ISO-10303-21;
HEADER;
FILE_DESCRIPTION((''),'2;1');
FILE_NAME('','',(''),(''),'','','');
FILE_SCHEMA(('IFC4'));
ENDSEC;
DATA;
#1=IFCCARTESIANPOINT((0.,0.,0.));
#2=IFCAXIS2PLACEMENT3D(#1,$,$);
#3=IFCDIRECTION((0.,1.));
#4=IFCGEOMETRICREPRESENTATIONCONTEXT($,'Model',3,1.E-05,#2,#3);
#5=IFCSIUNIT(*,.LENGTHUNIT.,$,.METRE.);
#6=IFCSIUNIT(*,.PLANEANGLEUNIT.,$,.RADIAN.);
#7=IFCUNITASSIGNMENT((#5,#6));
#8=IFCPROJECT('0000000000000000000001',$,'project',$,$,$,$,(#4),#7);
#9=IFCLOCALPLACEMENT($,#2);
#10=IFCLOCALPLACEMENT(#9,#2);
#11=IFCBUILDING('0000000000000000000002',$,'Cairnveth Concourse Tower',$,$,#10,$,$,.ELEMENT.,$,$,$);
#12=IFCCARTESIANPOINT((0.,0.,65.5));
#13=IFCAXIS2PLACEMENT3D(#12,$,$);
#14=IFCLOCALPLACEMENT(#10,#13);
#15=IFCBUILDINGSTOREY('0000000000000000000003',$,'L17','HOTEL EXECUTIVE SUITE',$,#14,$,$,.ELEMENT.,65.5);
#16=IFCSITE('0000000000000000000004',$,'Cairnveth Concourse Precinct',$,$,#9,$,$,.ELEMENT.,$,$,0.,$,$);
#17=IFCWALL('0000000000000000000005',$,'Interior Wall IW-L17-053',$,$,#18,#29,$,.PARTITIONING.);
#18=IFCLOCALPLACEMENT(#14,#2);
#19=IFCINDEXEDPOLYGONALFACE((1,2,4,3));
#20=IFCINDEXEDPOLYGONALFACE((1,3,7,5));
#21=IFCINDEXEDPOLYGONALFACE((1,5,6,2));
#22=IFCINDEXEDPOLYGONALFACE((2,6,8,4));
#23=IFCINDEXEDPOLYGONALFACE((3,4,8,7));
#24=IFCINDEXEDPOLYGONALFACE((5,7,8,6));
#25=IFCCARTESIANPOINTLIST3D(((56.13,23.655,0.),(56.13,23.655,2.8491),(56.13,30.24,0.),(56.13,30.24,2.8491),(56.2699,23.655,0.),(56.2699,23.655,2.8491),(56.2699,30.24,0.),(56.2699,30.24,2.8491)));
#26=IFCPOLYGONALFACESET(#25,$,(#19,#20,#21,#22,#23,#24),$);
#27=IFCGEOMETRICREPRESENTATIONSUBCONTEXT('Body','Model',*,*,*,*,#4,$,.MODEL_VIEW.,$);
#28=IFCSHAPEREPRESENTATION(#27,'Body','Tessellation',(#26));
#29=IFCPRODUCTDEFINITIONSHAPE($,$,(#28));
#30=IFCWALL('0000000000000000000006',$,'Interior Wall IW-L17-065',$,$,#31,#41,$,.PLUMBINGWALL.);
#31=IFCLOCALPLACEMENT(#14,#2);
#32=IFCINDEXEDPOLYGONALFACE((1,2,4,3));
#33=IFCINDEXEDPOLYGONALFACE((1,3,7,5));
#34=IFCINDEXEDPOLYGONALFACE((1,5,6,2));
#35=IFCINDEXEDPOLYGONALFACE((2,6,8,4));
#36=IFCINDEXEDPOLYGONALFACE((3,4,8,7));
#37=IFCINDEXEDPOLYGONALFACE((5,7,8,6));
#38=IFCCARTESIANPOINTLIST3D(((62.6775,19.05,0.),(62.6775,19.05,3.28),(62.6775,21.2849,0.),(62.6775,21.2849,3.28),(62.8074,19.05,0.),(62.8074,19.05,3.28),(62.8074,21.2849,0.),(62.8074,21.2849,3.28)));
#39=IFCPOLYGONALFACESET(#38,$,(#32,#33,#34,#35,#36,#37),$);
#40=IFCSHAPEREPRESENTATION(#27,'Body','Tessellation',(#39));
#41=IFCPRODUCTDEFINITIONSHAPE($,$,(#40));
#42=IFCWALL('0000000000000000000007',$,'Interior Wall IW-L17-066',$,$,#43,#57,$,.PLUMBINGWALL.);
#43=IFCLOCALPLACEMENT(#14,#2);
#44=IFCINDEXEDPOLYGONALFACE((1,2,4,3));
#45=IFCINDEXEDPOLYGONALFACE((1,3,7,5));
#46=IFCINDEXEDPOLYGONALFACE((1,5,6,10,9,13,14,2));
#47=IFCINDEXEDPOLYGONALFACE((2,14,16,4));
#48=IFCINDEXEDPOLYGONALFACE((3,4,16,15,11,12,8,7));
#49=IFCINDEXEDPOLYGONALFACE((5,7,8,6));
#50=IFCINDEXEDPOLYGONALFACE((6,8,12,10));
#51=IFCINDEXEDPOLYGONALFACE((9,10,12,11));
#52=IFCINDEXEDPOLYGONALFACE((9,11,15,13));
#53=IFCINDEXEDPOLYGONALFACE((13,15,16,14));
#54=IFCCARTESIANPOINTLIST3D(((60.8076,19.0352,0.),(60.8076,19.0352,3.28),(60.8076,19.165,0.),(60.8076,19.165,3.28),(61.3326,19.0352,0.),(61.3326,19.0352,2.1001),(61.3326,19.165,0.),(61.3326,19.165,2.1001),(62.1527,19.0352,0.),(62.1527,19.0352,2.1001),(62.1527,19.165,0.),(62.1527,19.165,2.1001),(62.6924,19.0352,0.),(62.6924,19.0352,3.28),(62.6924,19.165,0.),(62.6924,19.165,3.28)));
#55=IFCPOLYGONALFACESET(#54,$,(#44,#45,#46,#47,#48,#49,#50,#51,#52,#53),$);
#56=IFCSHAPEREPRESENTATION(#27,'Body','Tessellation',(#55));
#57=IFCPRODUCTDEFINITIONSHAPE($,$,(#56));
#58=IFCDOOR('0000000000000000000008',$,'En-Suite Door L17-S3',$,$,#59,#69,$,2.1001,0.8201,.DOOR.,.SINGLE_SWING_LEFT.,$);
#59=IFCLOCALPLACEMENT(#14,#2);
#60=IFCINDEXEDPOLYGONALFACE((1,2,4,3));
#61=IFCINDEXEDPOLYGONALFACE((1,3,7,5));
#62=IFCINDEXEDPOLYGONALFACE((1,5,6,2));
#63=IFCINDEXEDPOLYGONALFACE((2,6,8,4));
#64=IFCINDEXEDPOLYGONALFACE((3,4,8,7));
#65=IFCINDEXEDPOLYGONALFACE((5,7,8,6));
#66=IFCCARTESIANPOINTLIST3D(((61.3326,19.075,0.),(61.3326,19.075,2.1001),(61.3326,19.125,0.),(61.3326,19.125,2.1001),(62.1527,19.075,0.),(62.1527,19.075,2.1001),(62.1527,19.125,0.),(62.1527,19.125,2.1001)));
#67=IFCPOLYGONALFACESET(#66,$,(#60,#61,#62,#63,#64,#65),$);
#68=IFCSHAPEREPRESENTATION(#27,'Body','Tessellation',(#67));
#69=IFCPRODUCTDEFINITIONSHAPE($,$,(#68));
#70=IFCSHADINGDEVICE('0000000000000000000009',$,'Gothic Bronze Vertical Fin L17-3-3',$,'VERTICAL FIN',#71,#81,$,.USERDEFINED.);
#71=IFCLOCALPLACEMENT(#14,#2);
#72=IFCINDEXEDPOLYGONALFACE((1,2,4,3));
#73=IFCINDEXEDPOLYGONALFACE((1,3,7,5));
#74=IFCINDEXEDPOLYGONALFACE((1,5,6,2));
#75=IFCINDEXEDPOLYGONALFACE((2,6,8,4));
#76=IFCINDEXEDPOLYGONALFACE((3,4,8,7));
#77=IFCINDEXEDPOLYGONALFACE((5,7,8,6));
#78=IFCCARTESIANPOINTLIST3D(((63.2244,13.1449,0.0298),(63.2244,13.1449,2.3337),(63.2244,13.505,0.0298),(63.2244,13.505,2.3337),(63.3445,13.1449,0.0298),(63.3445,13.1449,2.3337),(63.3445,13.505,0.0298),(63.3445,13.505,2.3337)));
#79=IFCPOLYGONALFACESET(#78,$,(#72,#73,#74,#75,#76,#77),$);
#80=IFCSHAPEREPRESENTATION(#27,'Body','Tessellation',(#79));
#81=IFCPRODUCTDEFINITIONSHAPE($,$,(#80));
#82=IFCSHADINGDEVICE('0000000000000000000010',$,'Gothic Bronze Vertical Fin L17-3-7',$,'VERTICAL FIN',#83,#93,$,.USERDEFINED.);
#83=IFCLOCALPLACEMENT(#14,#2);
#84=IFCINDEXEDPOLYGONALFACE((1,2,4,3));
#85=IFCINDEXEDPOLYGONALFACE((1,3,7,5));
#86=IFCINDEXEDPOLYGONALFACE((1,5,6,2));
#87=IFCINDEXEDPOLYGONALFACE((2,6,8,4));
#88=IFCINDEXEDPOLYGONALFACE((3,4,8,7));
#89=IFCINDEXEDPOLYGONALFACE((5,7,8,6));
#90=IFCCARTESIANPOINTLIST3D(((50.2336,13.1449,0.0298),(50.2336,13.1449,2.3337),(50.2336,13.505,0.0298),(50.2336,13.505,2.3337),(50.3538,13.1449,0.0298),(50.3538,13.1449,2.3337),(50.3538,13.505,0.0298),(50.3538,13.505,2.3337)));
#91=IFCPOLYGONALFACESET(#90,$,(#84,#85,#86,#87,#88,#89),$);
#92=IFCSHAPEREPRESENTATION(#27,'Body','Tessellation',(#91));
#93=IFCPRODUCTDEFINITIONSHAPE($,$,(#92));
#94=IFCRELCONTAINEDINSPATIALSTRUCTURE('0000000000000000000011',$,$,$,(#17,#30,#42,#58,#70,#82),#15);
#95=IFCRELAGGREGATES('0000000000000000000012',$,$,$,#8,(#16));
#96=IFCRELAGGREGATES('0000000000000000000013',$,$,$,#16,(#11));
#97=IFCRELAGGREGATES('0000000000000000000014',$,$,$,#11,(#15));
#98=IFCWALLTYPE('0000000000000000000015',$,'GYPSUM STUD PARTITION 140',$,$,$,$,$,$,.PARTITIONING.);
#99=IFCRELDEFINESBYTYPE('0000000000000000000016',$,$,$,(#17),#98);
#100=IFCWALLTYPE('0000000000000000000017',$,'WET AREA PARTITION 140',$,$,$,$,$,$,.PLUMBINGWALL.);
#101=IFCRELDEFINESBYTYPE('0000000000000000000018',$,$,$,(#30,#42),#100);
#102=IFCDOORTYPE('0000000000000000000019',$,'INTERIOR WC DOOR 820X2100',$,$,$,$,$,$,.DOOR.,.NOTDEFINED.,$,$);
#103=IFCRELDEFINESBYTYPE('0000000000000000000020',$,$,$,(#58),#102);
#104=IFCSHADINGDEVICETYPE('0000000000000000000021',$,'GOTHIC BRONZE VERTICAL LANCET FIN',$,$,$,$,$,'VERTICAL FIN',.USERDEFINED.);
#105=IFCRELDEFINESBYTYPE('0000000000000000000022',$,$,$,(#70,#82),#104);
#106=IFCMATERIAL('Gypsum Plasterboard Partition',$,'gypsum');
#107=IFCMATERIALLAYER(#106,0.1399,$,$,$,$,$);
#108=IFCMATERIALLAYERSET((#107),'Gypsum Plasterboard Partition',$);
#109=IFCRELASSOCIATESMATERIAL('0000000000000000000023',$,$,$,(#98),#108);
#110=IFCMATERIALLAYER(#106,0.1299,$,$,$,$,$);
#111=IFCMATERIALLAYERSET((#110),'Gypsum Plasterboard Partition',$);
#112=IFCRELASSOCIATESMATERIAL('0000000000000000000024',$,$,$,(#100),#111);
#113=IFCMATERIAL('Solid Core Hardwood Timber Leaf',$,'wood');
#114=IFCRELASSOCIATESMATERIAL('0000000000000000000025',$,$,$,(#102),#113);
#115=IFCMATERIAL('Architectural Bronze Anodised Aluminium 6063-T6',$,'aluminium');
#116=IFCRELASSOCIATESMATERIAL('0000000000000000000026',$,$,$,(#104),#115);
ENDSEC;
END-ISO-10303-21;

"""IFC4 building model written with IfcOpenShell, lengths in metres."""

from ifc_helpers import new_model, si_unit, direction, frame, frame_2d, origin, origin_2d, place, context, subcontext, project, spatial, rectangle, extrude, material, layer, layer_set, type_object, element, fill, save


model = new_model("IFC4")

# Units and contexts
model_context = context("Model", 3, precision=1e-05, world=origin(), true_north=direction((0.0, 1.0)))
body_context = subcontext(model_context, "Body", "Model", "MODEL_VIEW")
ifc_project = project(units=[si_unit("LENGTHUNIT", "METRE"), si_unit("PLANEANGLEUNIT", "RADIAN")], contexts=[model_context])

# Site, building, storey
site_placement = place(None, origin())
site = spatial("IfcSite", under=ifc_project, at=site_placement, Name="Cairnveth Concourse Precinct", CompositionType="ELEMENT", RefElevation=0.0)
building_placement = place(site_placement, origin())
building = spatial("IfcBuilding", under=site, at=building_placement, Name="Cairnveth Concourse Tower", CompositionType="ELEMENT")
storey_placement = place(building_placement, frame((0.0, 0.0, 65.5)))
storey = spatial("IfcBuildingStorey", under=building, at=storey_placement, Name="L17", Description="HOTEL EXECUTIVE SUITE", CompositionType="ELEMENT", Elevation=65.5)

# Shared definitions
ifc_material_1 = material(Name="Gypsum Plasterboard Partition", Category="gypsum")
ifc_material_2 = material(Name="Solid Core Hardwood Timber Leaf", Category="wood")

# Shared definitions
ifc_material_3 = material(Name="Architectural Bronze Anodised Aluminium 6063-T6", Category="aluminium")

# Shared definitions
ifc_layer_1 = layer(ifc_material_1, 0.1399)
ifc_layer_set_1 = layer_set([ifc_layer_1], Name="Gypsum Plasterboard Partition")
wall_type_1 = type_object("IfcWallType", Name="GYPSUM STUD PARTITION 140", PredefinedType="PARTITIONING", material=ifc_layer_set_1)

# Walls
wall_1_placement = place(storey_placement, frame((56.2, 23.655, 0.0), z_axis=(0.0, 0.0, 1.0), x_axis=(0.0, 1.0, 0.0)))
element("IfcWall", 1, at=wall_1_placement, inside=storey, type_object=wall_type_1, Name="Interior Wall IW-L17-053", PredefinedType="PARTITIONING", context=body_context, shape_type="SweptSolid", body=[
    extrude(rectangle(XDim=6.585, YDim=0.1399, at=frame_2d((3.2925, 0.0))), origin(), (0.0, 0.0, 1.0), 2.8491),
])
ifc_layer_2 = layer(ifc_material_1, 0.1299)
ifc_layer_set_2 = layer_set([ifc_layer_2], Name="Gypsum Plasterboard Partition")
wall_type_2 = type_object("IfcWallType", Name="WET AREA PARTITION 140", PredefinedType="PLUMBINGWALL", material=ifc_layer_set_2)
wall_2_placement = place(storey_placement, frame((62.7424, 19.05, 0.0), z_axis=(0.0, 0.0, 1.0), x_axis=(0.0, 1.0, 0.0)))
element("IfcWall", 2, at=wall_2_placement, inside=storey, type_object=wall_type_2, Name="Interior Wall IW-L17-065", PredefinedType="PLUMBINGWALL", context=body_context, shape_type="SweptSolid", body=[
    extrude(rectangle(XDim=2.2349, YDim=0.1299, at=frame_2d((1.1174, 0.0))), origin(), (0.0, 0.0, 1.0), 3.28),
])

# Wall, opening, door
wall_3_placement = place(storey_placement, frame((60.8076, 19.1001, 0.0), z_axis=(0.0, 0.0, 1.0), x_axis=(1.0, 0.0, 0.0)))
wall_3 = element("IfcWall", 3, at=wall_3_placement, inside=storey, type_object=wall_type_2, Name="Interior Wall IW-L17-066", PredefinedType="PLUMBINGWALL", context=body_context, shape_type="SweptSolid", body=[
    extrude(rectangle(XDim=1.8848, YDim=0.1299, at=frame_2d((0.9424, 0.0))), origin(), (0.0, 0.0, 1.0), 3.28),
])
opening_1_placement = place(wall_3_placement, frame((0.5249, 0.0, 0.0)))
opening_1 = element("IfcOpeningElement", 4, at=opening_1_placement, cuts=wall_3, PredefinedType="OPENING", context=body_context, shape_type="SweptSolid", body=[
    extrude(rectangle(XDim=0.8201, YDim=2.1001, at=frame_2d((0.4102, 1.05))), frame((0.0, 0.075, 0.0), z_axis=(0.0, -1.0, 0.0), x_axis=(1.0, 0.0, 0.0)), (0.0, 0.0, 1.0), 0.1499),
])
door_type_1 = type_object("IfcDoorType", Name="INTERIOR WC DOOR 820X2100", OperationType="NOTDEFINED", PredefinedType="DOOR", material=ifc_material_2)
door_1_placement = place(opening_1_placement, origin())
door_1 = element("IfcDoor", 5, at=door_1_placement, inside=storey, type_object=door_type_1, Name="En-Suite Door L17-S3", OperationType="SINGLE_SWING_LEFT", OverallHeight=2.1001, OverallWidth=0.8201, PredefinedType="DOOR", context=body_context, shape_type="SweptSolid", body=[
    extrude(rectangle(XDim=0.8201, YDim=2.1001, at=frame_2d((0.4102, 1.05))), frame((0.0, 0.0249, 0.0), z_axis=(0.0, -1.0, 0.0), x_axis=(1.0, 0.0, 0.0)), (0.0, 0.0, 1.0), 0.05),
])
fill(opening_1, door_1)

# Shading devices
shading_device_type = type_object("IfcShadingDeviceType", Name="GOTHIC BRONZE VERTICAL LANCET FIN", ElementType="VERTICAL FIN", PredefinedType="USERDEFINED", material=ifc_material_3)
for number, where, z_axis, x_axis, name in (
    (6, (63.2844, 13.325, 0.0298), (0.0, 0.0, 1.0), (1.0, 0.0, 0.0), "Gothic Bronze Vertical Fin L17-3-3"),
    (7, (50.2937, 13.325, 0.0298), (0.0, 0.0, 1.0), (1.0, 0.0, 0.0), "Gothic Bronze Vertical Fin L17-3-7"),
):
    element("IfcShadingDevice", number, at=place(storey_placement, frame(where, z_axis=z_axis, x_axis=x_axis)), inside=storey, type_object=shading_device_type, Name=name, ObjectType="VERTICAL FIN", PredefinedType="USERDEFINED", context=body_context, shape_type="SweptSolid", body=[
        extrude(rectangle(XDim=0.1201, YDim=0.3601, at=origin_2d()), origin(), (0.0, 0.0, 1.0), 2.304),
    ])

save(model, "model.ifc")
